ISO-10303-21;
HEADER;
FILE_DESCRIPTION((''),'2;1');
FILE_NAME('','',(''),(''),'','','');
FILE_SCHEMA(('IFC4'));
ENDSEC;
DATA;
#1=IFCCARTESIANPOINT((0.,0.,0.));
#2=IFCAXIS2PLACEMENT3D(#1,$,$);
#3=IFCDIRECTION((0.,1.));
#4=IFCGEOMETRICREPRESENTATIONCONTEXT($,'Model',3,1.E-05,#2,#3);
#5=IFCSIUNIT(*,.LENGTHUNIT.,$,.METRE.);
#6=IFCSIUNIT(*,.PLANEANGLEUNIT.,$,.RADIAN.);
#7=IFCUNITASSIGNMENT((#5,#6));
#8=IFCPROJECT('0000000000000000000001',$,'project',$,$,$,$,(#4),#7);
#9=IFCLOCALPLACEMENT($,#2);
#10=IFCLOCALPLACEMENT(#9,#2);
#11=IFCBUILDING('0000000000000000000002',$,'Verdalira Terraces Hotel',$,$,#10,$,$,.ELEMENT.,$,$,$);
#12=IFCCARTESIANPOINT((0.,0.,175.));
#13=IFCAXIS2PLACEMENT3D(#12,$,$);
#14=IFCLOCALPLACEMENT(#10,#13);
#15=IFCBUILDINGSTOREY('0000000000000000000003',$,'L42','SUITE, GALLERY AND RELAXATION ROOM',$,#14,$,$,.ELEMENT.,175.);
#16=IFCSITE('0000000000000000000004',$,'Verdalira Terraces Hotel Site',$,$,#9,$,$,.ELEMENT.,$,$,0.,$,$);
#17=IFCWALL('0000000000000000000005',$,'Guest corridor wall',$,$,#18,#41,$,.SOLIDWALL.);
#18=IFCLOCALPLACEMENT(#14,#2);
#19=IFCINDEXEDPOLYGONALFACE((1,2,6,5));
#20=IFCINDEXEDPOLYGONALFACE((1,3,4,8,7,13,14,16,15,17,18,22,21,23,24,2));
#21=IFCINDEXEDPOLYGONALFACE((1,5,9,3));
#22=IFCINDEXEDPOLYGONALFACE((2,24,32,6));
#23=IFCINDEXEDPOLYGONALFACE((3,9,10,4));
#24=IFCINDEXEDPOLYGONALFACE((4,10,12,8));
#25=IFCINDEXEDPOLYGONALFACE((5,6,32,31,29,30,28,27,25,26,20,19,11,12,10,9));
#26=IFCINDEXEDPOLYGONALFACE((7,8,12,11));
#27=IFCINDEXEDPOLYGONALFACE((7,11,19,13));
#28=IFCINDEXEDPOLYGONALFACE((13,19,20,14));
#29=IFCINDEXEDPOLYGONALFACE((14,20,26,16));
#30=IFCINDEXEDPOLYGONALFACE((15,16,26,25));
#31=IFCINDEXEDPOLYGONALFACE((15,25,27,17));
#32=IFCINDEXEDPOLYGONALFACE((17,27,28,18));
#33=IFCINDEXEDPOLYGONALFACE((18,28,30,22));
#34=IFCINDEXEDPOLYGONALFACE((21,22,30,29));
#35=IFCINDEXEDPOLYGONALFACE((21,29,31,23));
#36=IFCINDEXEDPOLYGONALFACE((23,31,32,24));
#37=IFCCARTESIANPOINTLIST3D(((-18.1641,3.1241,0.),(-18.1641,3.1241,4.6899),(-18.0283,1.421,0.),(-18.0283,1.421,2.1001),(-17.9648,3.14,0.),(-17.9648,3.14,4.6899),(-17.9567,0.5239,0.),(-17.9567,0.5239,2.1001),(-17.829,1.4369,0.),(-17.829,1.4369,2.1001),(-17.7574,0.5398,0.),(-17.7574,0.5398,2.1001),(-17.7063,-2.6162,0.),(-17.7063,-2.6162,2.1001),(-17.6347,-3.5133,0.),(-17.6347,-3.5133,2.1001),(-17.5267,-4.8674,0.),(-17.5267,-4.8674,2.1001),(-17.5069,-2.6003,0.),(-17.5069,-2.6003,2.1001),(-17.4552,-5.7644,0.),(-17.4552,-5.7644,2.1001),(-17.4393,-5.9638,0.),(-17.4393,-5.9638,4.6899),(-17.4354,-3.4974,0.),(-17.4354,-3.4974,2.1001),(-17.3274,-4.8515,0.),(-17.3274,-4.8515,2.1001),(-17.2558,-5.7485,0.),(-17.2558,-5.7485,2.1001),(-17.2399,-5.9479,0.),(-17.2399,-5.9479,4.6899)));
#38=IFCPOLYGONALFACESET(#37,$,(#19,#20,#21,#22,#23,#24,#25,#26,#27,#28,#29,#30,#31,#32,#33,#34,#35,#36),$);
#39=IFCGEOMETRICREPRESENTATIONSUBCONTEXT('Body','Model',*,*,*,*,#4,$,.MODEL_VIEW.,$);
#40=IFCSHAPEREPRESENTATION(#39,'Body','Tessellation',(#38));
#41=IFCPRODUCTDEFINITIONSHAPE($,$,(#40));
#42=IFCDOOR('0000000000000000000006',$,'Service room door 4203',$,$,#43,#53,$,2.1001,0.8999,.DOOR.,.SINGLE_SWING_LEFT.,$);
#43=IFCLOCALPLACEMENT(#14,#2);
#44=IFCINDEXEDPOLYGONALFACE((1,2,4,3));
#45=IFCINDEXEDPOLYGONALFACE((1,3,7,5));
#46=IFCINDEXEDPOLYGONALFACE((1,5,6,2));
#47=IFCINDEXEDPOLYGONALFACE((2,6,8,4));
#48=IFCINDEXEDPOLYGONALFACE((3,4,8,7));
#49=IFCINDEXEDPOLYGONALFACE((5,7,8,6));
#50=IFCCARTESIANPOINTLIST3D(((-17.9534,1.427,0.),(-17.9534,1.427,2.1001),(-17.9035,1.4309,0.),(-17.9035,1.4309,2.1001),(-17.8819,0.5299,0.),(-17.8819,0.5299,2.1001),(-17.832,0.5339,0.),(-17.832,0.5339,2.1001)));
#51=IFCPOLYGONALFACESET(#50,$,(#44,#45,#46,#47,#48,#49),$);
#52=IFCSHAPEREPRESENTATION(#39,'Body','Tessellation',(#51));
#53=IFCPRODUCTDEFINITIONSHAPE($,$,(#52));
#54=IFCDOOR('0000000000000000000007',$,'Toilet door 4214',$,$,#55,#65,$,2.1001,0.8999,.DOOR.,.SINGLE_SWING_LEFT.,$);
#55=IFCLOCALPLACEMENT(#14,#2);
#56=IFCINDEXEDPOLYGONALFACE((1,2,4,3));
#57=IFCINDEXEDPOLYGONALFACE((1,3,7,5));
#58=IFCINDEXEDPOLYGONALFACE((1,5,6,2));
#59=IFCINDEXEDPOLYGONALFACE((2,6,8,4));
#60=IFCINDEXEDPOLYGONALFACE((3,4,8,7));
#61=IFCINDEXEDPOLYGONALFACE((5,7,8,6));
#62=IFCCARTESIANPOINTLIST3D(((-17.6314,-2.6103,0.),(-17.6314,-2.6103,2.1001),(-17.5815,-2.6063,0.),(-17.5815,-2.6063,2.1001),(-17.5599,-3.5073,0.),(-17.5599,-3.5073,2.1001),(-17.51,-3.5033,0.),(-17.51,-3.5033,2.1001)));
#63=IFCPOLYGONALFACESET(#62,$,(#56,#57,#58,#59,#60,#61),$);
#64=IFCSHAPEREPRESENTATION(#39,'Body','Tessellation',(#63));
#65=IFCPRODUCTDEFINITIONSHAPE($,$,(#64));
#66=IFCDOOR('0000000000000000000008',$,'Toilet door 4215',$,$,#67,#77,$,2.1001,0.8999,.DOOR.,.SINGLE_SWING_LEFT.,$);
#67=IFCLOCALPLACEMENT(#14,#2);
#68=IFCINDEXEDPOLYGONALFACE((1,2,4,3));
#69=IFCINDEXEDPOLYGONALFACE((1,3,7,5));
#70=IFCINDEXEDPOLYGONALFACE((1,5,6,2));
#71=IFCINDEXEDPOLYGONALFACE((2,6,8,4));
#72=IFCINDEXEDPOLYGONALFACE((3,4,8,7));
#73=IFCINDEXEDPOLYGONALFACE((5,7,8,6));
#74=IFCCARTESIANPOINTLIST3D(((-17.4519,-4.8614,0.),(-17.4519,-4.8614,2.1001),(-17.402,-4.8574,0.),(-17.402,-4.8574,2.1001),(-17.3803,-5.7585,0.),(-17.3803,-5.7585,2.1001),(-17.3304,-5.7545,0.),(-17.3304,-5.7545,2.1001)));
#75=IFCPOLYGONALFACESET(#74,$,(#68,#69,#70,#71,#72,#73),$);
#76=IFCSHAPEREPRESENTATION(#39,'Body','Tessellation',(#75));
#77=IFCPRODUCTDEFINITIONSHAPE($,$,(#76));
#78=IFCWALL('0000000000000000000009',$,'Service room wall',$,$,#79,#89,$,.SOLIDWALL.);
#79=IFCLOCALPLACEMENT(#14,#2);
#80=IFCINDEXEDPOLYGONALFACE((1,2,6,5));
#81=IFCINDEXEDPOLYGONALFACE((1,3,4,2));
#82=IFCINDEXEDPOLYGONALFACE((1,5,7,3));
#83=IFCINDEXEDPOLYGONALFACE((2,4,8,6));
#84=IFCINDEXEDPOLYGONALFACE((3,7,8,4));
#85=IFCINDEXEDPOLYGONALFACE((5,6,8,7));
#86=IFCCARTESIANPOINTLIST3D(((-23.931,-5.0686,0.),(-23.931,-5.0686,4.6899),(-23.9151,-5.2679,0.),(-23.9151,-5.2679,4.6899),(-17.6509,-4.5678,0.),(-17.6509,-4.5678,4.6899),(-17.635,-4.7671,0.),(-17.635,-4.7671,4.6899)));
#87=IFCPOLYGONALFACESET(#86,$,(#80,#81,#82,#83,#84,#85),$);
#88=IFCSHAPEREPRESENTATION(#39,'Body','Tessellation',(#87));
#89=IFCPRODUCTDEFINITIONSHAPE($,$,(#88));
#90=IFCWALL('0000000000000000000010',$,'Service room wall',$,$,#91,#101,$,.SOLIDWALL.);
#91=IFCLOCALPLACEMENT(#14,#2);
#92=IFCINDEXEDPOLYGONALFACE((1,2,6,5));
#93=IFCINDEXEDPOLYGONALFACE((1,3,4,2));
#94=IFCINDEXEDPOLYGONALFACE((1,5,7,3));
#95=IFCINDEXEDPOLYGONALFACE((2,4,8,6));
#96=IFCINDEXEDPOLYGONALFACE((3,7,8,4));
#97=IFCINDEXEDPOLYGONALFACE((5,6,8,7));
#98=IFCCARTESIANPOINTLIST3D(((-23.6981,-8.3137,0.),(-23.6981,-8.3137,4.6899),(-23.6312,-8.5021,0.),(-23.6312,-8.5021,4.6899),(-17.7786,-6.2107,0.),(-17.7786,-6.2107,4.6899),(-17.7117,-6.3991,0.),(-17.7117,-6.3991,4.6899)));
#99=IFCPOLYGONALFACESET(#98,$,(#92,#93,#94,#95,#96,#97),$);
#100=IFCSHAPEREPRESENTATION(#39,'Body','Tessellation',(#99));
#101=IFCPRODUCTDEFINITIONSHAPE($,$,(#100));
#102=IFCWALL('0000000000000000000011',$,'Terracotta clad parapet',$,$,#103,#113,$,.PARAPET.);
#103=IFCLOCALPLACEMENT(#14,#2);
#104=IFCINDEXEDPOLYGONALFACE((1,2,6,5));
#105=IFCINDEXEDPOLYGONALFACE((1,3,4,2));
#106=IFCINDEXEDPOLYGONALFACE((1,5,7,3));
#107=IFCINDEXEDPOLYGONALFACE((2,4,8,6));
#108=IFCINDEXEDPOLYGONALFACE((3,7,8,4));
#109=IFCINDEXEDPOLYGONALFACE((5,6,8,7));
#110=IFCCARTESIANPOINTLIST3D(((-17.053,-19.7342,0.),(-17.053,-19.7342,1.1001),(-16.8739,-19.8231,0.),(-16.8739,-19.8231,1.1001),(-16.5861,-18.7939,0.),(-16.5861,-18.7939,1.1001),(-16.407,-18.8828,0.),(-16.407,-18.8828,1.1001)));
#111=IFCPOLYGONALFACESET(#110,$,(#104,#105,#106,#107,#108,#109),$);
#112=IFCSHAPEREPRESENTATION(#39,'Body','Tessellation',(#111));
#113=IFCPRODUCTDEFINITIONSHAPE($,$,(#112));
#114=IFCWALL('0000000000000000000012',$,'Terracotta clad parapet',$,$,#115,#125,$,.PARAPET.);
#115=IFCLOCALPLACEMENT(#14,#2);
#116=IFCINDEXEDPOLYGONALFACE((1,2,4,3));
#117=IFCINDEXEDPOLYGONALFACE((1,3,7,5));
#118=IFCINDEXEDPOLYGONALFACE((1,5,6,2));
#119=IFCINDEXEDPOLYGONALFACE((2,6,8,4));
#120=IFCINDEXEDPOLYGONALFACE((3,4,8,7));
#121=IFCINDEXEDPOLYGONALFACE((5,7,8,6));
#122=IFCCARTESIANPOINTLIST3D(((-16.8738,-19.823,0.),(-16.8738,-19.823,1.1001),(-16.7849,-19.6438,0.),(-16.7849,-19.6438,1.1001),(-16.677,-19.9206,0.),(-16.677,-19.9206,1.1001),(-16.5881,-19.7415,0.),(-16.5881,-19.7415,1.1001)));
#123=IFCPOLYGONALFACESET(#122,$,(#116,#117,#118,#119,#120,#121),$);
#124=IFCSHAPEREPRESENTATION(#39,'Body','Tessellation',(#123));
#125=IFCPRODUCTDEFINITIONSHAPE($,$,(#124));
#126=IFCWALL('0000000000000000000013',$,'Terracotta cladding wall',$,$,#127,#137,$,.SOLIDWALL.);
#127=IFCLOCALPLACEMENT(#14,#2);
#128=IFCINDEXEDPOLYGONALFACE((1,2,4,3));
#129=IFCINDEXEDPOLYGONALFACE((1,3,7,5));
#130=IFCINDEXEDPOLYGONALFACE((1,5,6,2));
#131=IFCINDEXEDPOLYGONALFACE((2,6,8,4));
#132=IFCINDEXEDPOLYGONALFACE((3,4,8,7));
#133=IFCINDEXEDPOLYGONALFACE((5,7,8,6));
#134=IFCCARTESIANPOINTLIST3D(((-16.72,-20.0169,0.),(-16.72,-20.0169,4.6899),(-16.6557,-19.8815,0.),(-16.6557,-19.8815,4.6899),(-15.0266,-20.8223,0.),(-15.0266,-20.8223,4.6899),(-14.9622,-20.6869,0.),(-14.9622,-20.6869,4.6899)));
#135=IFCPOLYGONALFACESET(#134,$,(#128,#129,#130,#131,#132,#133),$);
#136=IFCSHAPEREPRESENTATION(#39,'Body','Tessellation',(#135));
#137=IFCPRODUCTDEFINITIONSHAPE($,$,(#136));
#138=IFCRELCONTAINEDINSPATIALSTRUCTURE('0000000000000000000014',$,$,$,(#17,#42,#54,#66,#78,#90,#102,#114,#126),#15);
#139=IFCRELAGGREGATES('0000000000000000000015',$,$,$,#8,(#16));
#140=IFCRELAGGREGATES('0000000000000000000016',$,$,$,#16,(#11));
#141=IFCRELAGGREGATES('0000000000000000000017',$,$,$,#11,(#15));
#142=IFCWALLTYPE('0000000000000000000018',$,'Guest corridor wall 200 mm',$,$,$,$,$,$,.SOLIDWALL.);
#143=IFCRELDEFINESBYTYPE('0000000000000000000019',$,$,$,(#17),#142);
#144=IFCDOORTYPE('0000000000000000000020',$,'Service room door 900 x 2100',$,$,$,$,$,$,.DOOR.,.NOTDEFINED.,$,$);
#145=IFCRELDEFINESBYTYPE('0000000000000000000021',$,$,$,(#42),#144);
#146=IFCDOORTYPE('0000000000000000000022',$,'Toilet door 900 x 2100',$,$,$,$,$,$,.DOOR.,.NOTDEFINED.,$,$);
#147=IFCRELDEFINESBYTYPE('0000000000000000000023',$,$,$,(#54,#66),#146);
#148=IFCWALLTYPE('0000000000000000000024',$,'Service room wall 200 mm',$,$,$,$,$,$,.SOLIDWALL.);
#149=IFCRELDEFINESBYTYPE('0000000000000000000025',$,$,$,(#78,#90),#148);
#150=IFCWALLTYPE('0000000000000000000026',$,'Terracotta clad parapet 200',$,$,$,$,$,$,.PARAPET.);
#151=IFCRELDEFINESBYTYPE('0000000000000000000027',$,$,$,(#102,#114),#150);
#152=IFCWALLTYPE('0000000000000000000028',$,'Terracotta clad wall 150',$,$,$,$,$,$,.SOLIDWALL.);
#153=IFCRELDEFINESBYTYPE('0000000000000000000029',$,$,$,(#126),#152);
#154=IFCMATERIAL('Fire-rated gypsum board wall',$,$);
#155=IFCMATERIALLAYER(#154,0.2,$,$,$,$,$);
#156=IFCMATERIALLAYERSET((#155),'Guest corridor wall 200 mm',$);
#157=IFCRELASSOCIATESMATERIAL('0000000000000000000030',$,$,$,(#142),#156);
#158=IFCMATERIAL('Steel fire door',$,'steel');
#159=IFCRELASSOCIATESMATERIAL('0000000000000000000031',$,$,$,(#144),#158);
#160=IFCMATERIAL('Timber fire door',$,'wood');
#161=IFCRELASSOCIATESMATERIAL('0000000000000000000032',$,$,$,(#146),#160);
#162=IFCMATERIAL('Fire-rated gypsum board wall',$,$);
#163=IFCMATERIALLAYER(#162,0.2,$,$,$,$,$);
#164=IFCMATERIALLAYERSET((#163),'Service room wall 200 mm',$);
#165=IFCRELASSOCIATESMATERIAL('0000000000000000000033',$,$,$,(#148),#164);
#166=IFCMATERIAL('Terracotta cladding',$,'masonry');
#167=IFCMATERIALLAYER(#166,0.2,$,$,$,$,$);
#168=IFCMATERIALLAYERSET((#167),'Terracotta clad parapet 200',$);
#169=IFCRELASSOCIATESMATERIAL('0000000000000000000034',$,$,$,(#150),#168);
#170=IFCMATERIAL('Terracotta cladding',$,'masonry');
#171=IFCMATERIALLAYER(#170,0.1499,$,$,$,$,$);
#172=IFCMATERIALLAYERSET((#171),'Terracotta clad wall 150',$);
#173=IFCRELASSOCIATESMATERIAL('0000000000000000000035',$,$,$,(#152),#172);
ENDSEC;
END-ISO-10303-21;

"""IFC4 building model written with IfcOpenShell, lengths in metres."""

from ifc_helpers import new_model, si_unit, direction, frame, frame_2d, origin, place, context, subcontext, project, spatial, rectangle, extrude, material, layer, layer_set, type_object, element, fill, save


model = new_model("IFC4")

# Units and contexts
model_context = context("Model", 3, precision=1e-05, world=origin(), true_north=direction((0.0, 1.0)))
body_context = subcontext(model_context, "Body", "Model", "MODEL_VIEW")
ifc_project = project(units=[si_unit("LENGTHUNIT", "METRE"), si_unit("PLANEANGLEUNIT", "RADIAN")], contexts=[model_context])

# Site, building, storey
site_placement = place(None, origin())
site = spatial("IfcSite", under=ifc_project, at=site_placement, Name="Verdalira Terraces Hotel Site", CompositionType="ELEMENT", RefElevation=0.0)
building_placement = place(site_placement, origin())
building = spatial("IfcBuilding", under=site, at=building_placement, Name="Verdalira Terraces Hotel", CompositionType="ELEMENT")
storey_placement = place(building_placement, frame((0.0, 0.0, 175.0)))
storey = spatial("IfcBuildingStorey", under=building, at=storey_placement, Name="L42", Description="SUITE, GALLERY AND RELAXATION ROOM", CompositionType="ELEMENT", Elevation=175.0)

# Wall, openings, doors
ifc_material_1 = material(Name="Fire-rated gypsum board wall")
ifc_layer_1 = layer(ifc_material_1, 0.2)
ifc_layer_set_1 = layer_set([ifc_layer_1], Name="Guest corridor wall 200 mm")
wall_type_1 = type_object("IfcWallType", Name="Guest corridor wall 200 mm", PredefinedType="SOLIDWALL", material=ifc_layer_set_1)
wall_1_placement = place(storey_placement, frame((-17.3396, -5.9558, 0.0), z_axis=(0.0, 0.0, 1.0), x_axis=(-0.079508, 0.996834, 0.0)))
wall_1 = element("IfcWall", 1, at=wall_1_placement, inside=storey, type_object=wall_type_1, Name="Guest corridor wall", PredefinedType="SOLIDWALL", context=body_context, shape_type="SweptSolid", body=[
    extrude(rectangle(XDim=9.1167, YDim=0.2, at=frame_2d((4.5583, 0.0))), origin(), (0.0, 0.0, 1.0), 4.6899),
])
opening_1_placement = place(wall_1_placement, frame((6.5083, 0.0, 0.0)))
opening_1 = element("IfcOpeningElement", 2, at=opening_1_placement, cuts=wall_1, PredefinedType="OPENING", context=body_context, shape_type="SweptSolid", body=[
    extrude(rectangle(XDim=0.8999, YDim=2.1001, at=frame_2d((0.45, 1.05))), frame((0.0, 0.1099, 0.0), z_axis=(0.0, -1.0, 0.0), x_axis=(1.0, 0.0, 0.0)), (0.0, 0.0, 1.0), 0.22),
])
opening_2_placement = place(wall_1_placement, frame((2.4583, 0.0, 0.0)))
opening_2 = element("IfcOpeningElement", 3, at=opening_2_placement, cuts=wall_1, PredefinedType="OPENING", context=body_context, shape_type="SweptSolid", body=[
    extrude(rectangle(XDim=0.8999, YDim=2.1001, at=frame_2d((0.45, 1.05))), frame((0.0, 0.1099, 0.0), z_axis=(0.0, -1.0, 0.0), x_axis=(1.0, 0.0, 0.0)), (0.0, 0.0, 1.0), 0.22),
])
opening_3_placement = place(wall_1_placement, frame((0.2, 0.0, 0.0)))
opening_3 = element("IfcOpeningElement", 4, at=opening_3_placement, cuts=wall_1, PredefinedType="OPENING", context=body_context, shape_type="SweptSolid", body=[
    extrude(rectangle(XDim=0.8999, YDim=2.1001, at=frame_2d((0.45, 1.05))), frame((0.0, 0.1099, 0.0), z_axis=(0.0, -1.0, 0.0), x_axis=(1.0, 0.0, 0.0)), (0.0, 0.0, 1.0), 0.22),
])
ifc_material_2 = material(Name="Steel fire door", Category="steel")
door_type_1 = type_object("IfcDoorType", Name="Service room door 900 x 2100", OperationType="NOTDEFINED", PredefinedType="DOOR", material=ifc_material_2)
door_1_placement = place(opening_1_placement, origin())
door_1 = element("IfcDoor", 5, at=door_1_placement, inside=storey, type_object=door_type_1, Name="Service room door 4203", OperationType="SINGLE_SWING_LEFT", OverallHeight=2.1001, OverallWidth=0.8999, PredefinedType="DOOR", context=body_context, shape_type="SweptSolid", body=[
    extrude(rectangle(XDim=0.8999, YDim=2.1001, at=frame_2d((0.45, 1.05))), frame((0.0, 0.0249, 0.0), z_axis=(0.0, -1.0, 0.0), x_axis=(1.0, 0.0, 0.0)), (0.0, 0.0, 1.0), 0.05),
])
fill(opening_1, door_1)
ifc_material_3 = material(Name="Timber fire door", Category="wood")
door_type_2 = type_object("IfcDoorType", Name="Toilet door 900 x 2100", OperationType="NOTDEFINED", PredefinedType="DOOR", material=ifc_material_3)
door_2_placement = place(opening_2_placement, origin())
door_2 = element("IfcDoor", 6, at=door_2_placement, inside=storey, type_object=door_type_2, Name="Toilet door 4214", OperationType="SINGLE_SWING_LEFT", OverallHeight=2.1001, OverallWidth=0.8999, PredefinedType="DOOR", context=body_context, shape_type="SweptSolid", body=[
    extrude(rectangle(XDim=0.8999, YDim=2.1001, at=frame_2d((0.45, 1.05))), frame((0.0, 0.0249, 0.0), z_axis=(0.0, -1.0, 0.0), x_axis=(1.0, 0.0, 0.0)), (0.0, 0.0, 1.0), 0.05),
])
fill(opening_2, door_2)
door_3_placement = place(opening_3_placement, origin())
door_3 = element("IfcDoor", 7, at=door_3_placement, inside=storey, type_object=door_type_2, Name="Toilet door 4215", OperationType="SINGLE_SWING_LEFT", OverallHeight=2.1001, OverallWidth=0.8999, PredefinedType="DOOR", context=body_context, shape_type="SweptSolid", body=[
    extrude(rectangle(XDim=0.8999, YDim=2.1001, at=frame_2d((0.45, 1.05))), frame((0.0, 0.0249, 0.0), z_axis=(0.0, -1.0, 0.0), x_axis=(1.0, 0.0, 0.0)), (0.0, 0.0, 1.0), 0.05),
])
fill(opening_3, door_3)

# Walls
ifc_material_4 = material(Name="Fire-rated gypsum board wall")
ifc_layer_2 = layer(ifc_material_4, 0.2)
ifc_layer_set_2 = layer_set([ifc_layer_2], Name="Service room wall 200 mm")
wall_type_2 = type_object("IfcWallType", Name="Service room wall 200 mm", PredefinedType="SOLIDWALL", material=ifc_layer_set_2)
wall_2_placement = place(storey_placement, frame((-17.6431, -4.6675, 0.0), z_axis=(0.0, 0.0, 1.0), x_axis=(-0.996836, -0.079482, 0.0)))
element("IfcWall", 8, at=wall_2_placement, inside=storey, type_object=wall_type_2, Name="Service room wall", PredefinedType="SOLIDWALL", context=body_context, shape_type="SweptSolid", body=[
    extrude(rectangle(XDim=6.3, YDim=0.2, at=frame_2d((3.1499, 0.0))), origin(), (0.0, 0.0, 1.0), 4.6899),
])
wall_3_placement = place(storey_placement, frame((-23.6648, -8.408, 0.0), z_axis=(0.0, 0.0, 1.0), x_axis=(0.942298, 0.334775, 0.0)))
element("IfcWall", 9, at=wall_3_placement, inside=storey, type_object=wall_type_2, Name="Service room wall", PredefinedType="SOLIDWALL", context=body_context, shape_type="SweptSolid", body=[
    extrude(rectangle(XDim=6.282, YDim=0.2, at=frame_2d((3.1411, 0.0))), origin(), (0.0, 0.0, 1.0), 4.6899),
])
ifc_material_5 = material(Name="Terracotta cladding", Category="masonry")
ifc_layer_3 = layer(ifc_material_5, 0.2)
ifc_layer_set_3 = layer_set([ifc_layer_3], Name="Terracotta clad parapet 200")
wall_type_3 = type_object("IfcWallType", Name="Terracotta clad parapet 200", PredefinedType="PARAPET", material=ifc_layer_set_3)
wall_4_placement = place(storey_placement, frame((-16.4966, -18.8384, 0.0), z_axis=(0.0, 0.0, 1.0), x_axis=(-0.4447, -0.89568, 0.0)))
element("IfcWall", 10, at=wall_4_placement, inside=storey, type_object=wall_type_3, Name="Terracotta clad parapet", PredefinedType="PARAPET", context=body_context, shape_type="SweptSolid", body=[
    extrude(rectangle(XDim=1.0498, YDim=0.2, at=frame_2d((0.5249, 0.0))), origin(), (0.0, 0.0, 1.0), 1.1001),
])
wall_5_placement = place(storey_placement, frame((-16.8293, -19.7334, 0.0), z_axis=(0.0, 0.0, 1.0), x_axis=(0.895757, -0.444544, 0.0)))
element("IfcWall", 11, at=wall_5_placement, inside=storey, type_object=wall_type_3, Name="Terracotta clad parapet", PredefinedType="PARAPET", context=body_context, shape_type="SweptSolid", body=[
    extrude(rectangle(XDim=0.2197, YDim=0.2, at=frame_2d((0.1099, 0.0))), origin(), (0.0, 0.0, 1.0), 1.1001),
])
ifc_material_6 = material(Name="Terracotta cladding", Category="masonry")
ifc_layer_4 = layer(ifc_material_6, 0.1499)
ifc_layer_set_4 = layer_set([ifc_layer_4], Name="Terracotta clad wall 150")
wall_type_4 = type_object("IfcWallType", Name="Terracotta clad wall 150", PredefinedType="SOLIDWALL", material=ifc_layer_set_4)
wall_6_placement = place(storey_placement, frame((-16.6877, -19.9492, 0.0), z_axis=(0.0, 0.0, 1.0), x_axis=(0.903055, -0.429524, 0.0)))
element("IfcWall", 12, at=wall_6_placement, inside=storey, type_object=wall_type_4, Name="Terracotta cladding wall", PredefinedType="SOLIDWALL", context=body_context, shape_type="SweptSolid", body=[
    extrude(rectangle(XDim=1.8752, YDim=0.1499, at=frame_2d((0.9375, 0.0))), origin(), (0.0, 0.0, 1.0), 4.6899),
])

save(model, "model.ifc")
